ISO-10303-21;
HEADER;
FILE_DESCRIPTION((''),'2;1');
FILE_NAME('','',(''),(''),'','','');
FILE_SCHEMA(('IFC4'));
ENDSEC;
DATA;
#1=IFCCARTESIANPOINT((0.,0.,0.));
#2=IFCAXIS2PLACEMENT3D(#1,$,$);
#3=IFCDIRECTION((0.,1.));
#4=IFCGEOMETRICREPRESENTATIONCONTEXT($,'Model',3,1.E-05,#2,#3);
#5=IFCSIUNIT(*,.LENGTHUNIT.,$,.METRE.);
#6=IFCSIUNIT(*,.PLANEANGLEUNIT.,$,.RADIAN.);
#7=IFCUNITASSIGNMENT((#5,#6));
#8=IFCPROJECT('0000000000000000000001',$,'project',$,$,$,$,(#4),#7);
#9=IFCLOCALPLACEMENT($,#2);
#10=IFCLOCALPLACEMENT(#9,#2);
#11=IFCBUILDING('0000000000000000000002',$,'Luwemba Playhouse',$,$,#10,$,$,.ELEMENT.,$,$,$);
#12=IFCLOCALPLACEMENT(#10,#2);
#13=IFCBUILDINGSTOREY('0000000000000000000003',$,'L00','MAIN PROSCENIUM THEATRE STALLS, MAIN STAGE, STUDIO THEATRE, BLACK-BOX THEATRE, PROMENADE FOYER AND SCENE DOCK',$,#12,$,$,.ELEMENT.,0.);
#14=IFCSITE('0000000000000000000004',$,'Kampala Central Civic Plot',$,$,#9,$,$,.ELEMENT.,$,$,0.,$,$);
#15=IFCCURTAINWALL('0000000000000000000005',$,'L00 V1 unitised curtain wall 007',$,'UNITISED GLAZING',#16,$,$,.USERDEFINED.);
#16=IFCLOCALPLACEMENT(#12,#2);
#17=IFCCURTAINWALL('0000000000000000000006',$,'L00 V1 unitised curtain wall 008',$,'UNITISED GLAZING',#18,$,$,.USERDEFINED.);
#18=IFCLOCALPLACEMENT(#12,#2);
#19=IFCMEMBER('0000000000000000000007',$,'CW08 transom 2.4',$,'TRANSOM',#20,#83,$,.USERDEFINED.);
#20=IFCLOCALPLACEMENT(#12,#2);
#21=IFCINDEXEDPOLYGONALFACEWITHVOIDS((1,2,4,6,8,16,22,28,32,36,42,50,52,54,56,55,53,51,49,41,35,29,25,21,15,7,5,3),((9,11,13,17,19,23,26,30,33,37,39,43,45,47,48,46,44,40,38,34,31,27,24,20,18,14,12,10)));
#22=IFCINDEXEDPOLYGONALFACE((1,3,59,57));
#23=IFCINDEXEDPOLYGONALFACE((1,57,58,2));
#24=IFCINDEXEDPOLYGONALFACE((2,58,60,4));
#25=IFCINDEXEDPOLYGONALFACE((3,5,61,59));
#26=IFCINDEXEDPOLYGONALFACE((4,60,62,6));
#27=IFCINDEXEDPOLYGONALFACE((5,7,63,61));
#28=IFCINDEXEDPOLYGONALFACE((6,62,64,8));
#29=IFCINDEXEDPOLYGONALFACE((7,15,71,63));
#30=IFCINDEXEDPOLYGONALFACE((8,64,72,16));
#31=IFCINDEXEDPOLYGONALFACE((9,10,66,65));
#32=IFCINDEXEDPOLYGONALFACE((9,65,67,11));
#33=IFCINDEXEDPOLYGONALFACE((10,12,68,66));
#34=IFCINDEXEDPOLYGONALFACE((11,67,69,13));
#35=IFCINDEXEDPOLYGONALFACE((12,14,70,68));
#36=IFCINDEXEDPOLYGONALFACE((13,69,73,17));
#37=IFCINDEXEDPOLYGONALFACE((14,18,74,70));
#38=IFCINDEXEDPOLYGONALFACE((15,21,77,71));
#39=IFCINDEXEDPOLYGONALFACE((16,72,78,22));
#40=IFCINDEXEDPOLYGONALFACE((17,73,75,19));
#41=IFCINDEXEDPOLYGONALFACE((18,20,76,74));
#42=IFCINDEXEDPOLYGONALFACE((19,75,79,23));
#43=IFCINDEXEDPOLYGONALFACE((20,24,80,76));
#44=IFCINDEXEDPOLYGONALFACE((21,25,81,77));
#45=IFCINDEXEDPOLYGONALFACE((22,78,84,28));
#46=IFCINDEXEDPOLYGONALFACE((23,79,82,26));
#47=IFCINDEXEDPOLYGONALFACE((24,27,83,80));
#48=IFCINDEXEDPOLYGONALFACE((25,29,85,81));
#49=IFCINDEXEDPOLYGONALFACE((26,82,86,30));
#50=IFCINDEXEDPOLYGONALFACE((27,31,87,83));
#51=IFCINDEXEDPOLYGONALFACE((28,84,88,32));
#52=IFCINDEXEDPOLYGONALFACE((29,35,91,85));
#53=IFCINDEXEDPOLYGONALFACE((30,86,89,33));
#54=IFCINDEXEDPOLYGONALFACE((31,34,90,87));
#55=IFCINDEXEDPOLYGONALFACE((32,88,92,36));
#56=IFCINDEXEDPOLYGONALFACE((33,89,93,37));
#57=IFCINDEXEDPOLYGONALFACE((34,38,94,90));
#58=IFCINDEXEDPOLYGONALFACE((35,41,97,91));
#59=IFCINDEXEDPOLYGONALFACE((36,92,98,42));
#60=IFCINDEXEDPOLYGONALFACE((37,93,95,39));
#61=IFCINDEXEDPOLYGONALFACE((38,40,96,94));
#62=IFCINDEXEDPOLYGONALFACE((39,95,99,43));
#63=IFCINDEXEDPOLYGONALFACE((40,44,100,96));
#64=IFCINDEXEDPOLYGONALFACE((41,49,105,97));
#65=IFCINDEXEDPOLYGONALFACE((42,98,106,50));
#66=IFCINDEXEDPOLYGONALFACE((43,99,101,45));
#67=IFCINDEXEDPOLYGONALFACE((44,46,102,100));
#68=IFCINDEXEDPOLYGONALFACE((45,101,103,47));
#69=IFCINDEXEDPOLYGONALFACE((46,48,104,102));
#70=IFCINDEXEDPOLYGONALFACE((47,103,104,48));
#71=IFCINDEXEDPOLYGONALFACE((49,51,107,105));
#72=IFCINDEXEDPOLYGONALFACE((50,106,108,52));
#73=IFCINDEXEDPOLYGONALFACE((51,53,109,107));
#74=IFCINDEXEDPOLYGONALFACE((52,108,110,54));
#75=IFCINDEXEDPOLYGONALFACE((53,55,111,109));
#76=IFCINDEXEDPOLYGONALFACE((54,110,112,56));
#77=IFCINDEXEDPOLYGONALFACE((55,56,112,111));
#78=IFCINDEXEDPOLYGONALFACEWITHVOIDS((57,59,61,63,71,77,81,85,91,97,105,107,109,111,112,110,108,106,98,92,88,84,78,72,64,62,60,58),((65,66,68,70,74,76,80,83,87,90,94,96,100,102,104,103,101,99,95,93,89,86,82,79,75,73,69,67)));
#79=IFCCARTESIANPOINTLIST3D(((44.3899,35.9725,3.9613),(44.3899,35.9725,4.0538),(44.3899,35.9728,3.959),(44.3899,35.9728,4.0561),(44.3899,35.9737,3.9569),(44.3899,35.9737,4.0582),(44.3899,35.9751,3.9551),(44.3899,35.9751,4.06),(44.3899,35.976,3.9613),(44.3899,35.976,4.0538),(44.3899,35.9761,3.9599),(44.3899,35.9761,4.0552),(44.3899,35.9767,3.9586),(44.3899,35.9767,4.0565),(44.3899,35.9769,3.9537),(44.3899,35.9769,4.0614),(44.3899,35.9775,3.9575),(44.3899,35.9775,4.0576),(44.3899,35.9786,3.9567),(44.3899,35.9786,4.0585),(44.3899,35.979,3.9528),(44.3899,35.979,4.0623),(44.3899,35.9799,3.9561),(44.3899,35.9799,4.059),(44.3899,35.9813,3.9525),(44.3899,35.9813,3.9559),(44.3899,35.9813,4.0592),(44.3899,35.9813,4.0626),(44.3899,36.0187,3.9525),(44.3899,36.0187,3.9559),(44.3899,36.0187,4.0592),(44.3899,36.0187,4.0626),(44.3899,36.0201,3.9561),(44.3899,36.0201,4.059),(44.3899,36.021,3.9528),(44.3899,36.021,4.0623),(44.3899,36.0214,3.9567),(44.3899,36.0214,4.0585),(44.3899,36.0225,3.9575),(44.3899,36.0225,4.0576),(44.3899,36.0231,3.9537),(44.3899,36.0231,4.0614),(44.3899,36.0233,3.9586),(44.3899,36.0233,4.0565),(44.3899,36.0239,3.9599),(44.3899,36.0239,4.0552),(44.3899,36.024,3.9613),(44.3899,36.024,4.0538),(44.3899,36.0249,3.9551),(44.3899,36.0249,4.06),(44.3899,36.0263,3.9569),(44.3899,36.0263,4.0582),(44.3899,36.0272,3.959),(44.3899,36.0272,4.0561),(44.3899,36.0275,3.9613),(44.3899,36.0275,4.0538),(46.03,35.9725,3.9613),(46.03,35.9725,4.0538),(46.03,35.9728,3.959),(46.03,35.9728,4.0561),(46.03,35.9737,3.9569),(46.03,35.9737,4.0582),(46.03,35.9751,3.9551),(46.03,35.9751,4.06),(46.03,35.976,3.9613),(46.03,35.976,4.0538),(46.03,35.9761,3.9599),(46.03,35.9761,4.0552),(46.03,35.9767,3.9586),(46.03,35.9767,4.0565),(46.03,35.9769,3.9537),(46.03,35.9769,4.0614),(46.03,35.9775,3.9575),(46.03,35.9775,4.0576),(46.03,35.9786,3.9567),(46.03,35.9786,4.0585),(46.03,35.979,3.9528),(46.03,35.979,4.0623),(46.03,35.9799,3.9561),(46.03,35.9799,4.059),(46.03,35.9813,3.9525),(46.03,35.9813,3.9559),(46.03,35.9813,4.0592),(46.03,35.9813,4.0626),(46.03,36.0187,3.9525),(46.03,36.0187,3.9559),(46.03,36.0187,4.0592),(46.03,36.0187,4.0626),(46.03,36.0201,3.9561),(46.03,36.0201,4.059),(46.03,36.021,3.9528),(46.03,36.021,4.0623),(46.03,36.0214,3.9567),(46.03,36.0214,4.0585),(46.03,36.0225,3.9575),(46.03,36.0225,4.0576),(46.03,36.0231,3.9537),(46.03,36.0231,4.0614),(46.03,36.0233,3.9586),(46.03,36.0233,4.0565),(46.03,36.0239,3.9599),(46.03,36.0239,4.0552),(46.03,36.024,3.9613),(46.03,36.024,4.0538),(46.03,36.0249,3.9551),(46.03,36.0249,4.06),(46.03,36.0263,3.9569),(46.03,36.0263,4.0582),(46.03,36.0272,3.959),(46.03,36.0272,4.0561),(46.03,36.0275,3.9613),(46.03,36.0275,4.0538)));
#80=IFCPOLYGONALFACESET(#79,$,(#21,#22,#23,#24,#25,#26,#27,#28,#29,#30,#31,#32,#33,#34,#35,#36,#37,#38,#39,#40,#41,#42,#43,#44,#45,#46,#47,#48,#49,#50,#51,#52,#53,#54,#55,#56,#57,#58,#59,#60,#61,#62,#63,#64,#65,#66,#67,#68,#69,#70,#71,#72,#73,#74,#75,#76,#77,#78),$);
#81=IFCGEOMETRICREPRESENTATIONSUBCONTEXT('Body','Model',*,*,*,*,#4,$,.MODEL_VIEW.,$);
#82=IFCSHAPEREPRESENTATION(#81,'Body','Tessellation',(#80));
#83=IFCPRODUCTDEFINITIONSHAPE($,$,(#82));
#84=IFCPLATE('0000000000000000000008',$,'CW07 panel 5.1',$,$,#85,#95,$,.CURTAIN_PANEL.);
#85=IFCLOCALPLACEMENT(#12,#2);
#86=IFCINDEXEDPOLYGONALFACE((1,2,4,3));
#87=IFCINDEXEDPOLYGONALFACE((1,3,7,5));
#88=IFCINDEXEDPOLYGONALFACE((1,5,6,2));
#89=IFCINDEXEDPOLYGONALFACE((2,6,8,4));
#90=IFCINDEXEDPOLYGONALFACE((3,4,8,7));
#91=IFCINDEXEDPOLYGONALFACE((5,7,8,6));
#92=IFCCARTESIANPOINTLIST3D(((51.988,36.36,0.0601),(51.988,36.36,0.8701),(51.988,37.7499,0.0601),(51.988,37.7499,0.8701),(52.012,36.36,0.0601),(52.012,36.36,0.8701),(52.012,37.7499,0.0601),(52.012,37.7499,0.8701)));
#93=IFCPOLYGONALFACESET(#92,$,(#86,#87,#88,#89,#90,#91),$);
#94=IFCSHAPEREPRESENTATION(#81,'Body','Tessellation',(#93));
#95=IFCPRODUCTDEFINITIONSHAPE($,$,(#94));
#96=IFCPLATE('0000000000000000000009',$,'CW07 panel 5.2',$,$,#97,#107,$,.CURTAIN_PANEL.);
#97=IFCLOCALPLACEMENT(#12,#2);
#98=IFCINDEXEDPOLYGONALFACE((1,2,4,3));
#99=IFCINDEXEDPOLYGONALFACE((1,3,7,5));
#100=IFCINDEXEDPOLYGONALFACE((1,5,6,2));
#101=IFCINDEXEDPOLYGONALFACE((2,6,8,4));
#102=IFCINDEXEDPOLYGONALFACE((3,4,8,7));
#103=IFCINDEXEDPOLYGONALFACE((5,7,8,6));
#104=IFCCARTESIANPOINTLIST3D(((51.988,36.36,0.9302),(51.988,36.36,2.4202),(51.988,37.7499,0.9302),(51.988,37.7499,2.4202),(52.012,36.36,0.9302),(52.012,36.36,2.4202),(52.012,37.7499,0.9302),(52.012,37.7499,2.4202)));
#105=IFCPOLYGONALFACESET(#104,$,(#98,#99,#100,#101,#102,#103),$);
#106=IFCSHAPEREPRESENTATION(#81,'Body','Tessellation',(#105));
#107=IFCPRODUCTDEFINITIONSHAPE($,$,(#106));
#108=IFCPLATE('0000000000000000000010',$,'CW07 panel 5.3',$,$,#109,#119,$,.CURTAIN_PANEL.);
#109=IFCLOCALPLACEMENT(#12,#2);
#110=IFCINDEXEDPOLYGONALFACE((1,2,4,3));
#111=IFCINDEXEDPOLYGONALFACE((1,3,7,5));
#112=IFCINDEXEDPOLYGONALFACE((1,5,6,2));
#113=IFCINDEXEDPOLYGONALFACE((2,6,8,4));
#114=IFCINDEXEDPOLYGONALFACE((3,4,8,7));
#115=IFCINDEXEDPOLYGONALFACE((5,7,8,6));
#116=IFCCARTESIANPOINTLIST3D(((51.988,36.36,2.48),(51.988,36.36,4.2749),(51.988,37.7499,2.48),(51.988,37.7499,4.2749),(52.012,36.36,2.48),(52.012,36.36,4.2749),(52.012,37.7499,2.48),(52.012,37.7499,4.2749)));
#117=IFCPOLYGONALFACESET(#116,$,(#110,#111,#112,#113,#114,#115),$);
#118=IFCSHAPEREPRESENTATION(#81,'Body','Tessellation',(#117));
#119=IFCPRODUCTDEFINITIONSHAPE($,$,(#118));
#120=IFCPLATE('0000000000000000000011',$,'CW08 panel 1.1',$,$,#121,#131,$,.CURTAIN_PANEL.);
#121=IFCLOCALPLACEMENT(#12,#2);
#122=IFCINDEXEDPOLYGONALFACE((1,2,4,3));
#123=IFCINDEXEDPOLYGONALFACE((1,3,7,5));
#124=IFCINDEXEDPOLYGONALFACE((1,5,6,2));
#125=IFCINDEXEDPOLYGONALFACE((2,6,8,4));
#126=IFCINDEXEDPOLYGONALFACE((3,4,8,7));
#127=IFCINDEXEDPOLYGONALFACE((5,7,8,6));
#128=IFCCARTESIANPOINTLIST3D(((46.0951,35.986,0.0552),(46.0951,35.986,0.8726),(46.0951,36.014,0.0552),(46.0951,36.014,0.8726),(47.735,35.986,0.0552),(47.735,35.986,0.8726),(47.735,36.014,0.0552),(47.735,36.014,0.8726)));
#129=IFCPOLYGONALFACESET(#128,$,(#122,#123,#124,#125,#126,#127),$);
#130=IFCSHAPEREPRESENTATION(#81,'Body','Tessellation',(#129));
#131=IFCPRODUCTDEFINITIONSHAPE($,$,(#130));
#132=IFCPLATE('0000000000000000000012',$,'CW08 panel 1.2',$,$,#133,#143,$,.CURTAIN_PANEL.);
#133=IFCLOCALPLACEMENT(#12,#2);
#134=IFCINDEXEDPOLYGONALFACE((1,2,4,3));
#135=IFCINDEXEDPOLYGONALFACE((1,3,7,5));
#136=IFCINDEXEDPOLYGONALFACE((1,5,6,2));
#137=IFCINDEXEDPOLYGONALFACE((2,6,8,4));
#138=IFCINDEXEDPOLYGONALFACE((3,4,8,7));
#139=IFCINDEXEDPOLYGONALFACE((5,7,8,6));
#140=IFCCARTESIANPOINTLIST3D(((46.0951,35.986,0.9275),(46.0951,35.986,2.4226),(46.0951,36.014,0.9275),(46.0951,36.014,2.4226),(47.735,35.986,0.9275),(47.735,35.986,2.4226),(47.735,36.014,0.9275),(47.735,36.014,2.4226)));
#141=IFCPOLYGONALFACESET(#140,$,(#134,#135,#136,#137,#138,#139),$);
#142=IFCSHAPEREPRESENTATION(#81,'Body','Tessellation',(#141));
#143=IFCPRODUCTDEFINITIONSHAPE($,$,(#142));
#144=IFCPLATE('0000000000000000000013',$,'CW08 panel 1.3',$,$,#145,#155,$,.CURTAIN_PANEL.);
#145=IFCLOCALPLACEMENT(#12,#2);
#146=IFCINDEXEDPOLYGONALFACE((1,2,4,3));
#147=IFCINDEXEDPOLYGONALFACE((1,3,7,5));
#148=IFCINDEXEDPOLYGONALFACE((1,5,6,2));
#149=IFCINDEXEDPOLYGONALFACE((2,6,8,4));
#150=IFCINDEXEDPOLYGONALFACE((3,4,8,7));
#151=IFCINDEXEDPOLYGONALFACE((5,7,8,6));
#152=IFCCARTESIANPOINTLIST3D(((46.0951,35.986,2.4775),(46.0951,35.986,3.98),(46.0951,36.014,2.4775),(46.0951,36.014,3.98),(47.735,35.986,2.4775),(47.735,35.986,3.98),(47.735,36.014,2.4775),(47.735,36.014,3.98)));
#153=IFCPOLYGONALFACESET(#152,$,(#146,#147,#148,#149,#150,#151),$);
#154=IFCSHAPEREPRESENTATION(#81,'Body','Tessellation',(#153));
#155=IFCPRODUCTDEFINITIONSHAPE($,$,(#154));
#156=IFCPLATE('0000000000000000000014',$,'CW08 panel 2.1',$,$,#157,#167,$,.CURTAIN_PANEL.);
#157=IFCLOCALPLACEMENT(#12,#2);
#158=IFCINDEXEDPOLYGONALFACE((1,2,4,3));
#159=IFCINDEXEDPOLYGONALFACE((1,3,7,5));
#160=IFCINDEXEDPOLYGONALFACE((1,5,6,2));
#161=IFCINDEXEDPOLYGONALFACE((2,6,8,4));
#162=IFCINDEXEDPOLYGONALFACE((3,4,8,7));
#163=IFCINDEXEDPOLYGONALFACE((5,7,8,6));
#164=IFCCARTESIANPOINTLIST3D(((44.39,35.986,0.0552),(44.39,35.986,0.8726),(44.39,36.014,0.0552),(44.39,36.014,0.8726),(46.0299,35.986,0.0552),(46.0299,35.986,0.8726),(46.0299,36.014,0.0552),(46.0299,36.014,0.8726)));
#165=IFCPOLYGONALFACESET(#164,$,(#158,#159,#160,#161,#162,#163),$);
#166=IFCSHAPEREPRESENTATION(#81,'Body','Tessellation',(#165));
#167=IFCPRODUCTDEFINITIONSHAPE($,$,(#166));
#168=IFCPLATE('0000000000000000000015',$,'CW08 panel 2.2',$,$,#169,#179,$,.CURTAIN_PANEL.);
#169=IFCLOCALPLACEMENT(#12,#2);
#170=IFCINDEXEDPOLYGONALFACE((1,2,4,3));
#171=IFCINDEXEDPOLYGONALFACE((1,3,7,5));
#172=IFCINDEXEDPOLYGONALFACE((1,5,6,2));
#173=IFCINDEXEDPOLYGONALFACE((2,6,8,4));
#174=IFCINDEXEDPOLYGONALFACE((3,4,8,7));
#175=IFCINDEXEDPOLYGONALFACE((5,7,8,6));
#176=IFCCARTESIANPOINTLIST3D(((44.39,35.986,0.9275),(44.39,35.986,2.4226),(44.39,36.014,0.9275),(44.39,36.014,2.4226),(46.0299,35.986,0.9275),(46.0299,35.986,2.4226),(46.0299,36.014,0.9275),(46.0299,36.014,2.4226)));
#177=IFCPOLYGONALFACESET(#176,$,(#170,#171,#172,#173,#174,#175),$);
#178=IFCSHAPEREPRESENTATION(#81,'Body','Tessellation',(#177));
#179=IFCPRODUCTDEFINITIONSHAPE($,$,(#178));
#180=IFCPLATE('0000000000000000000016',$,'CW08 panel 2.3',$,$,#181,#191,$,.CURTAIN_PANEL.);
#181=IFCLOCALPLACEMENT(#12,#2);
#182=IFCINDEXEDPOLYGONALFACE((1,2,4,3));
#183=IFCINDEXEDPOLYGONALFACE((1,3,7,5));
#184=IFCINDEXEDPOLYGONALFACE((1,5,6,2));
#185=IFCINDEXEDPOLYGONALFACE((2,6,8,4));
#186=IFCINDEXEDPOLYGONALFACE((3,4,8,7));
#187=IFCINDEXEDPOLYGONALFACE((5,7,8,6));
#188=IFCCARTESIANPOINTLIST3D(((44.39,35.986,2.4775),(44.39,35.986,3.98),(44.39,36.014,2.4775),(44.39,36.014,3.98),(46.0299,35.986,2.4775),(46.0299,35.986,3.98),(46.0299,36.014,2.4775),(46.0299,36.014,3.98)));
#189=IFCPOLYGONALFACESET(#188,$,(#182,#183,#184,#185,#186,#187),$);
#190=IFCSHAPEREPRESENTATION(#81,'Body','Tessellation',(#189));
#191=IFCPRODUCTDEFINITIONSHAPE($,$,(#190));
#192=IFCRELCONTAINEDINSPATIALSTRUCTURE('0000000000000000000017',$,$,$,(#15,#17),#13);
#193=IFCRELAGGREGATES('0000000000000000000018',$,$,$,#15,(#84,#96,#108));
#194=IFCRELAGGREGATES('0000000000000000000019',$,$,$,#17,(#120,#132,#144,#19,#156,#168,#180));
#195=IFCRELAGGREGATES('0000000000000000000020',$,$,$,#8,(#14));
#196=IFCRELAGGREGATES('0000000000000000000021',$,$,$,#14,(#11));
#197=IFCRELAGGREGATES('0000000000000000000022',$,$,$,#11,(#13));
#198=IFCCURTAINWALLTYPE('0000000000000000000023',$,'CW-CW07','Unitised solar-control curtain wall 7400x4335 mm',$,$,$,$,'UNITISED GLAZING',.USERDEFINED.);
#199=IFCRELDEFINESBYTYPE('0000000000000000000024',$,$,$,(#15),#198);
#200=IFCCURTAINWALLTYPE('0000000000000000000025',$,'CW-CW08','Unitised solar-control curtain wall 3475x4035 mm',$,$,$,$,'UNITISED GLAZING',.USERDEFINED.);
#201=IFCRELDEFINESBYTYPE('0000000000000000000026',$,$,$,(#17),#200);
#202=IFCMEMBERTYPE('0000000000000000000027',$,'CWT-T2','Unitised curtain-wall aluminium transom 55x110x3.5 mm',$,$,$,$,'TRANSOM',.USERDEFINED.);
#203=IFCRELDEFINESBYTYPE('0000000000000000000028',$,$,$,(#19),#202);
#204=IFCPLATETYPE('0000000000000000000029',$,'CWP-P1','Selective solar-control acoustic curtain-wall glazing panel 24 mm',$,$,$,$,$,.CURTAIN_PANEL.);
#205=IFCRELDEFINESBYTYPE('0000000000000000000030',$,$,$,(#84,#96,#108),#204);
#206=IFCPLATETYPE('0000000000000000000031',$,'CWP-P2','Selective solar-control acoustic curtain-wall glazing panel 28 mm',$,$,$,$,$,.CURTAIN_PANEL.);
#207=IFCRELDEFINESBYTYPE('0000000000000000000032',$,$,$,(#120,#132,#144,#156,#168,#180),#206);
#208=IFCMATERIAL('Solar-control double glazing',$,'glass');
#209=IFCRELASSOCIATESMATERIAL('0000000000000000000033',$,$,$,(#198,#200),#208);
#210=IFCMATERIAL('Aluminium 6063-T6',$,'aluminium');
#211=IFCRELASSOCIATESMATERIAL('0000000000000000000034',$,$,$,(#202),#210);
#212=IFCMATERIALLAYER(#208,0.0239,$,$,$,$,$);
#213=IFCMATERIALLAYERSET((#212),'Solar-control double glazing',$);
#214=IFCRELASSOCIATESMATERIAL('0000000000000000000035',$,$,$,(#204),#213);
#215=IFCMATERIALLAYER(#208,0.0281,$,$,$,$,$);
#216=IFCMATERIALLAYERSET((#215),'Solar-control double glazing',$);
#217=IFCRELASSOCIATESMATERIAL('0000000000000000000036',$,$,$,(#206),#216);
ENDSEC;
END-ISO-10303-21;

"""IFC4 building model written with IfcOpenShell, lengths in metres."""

from ifc_helpers import new_model, si_unit, direction, frame, origin, origin_2d, place, context, subcontext, project, spatial, rectangle, hollow_rectangle, extrude, material, layer, layer_set, material_profile, profile_set, type_object, element, aggregate, save


model = new_model("IFC4")

# Units and contexts
model_context = context("Model", 3, precision=1e-05, world=origin(), true_north=direction((0.0, 1.0)))
body_context = subcontext(model_context, "Body", "Model", "MODEL_VIEW")
ifc_project = project(units=[si_unit("LENGTHUNIT", "METRE"), si_unit("PLANEANGLEUNIT", "RADIAN")], contexts=[model_context])

# Site, building, storey
site_placement = place(None, origin())
site = spatial("IfcSite", under=ifc_project, at=site_placement, Name="Kampala Central Civic Plot", CompositionType="ELEMENT", RefElevation=0.0)
building_placement = place(site_placement, origin())
building = spatial("IfcBuilding", under=site, at=building_placement, Name="Luwemba Playhouse", CompositionType="ELEMENT")
storey_placement = place(building_placement, origin())
storey = spatial("IfcBuildingStorey", under=building, at=storey_placement, Name="L00", Description="MAIN PROSCENIUM THEATRE STALLS, MAIN STAGE, STUDIO THEATRE, BLACK-BOX THEATRE, PROMENADE FOYER AND SCENE DOCK", CompositionType="ELEMENT", Elevation=0.0)

# Curtain wall
ifc_material_1 = material(Name="Solar-control double glazing", Category="glass")
curtain_wall_type_1 = type_object("IfcCurtainWallType", Name="CW-CW07", Description="Unitised solar-control curtain wall 7400x4335 mm", ElementType="UNITISED GLAZING", PredefinedType="USERDEFINED", material=ifc_material_1)
curtain_wall_1_placement = place(storey_placement, origin())
curtain_wall_1 = element("IfcCurtainWall", 1, at=curtain_wall_1_placement, inside=storey, type_object=curtain_wall_type_1, Name="L00 V1 unitised curtain wall 007", ObjectType="UNITISED GLAZING", PredefinedType="USERDEFINED")
ifc_material_2 = material(Name="Aluminium 6063-T6", Category="aluminium")

# Curtain wall
curtain_wall_type_2 = type_object("IfcCurtainWallType", Name="CW-CW08", Description="Unitised solar-control curtain wall 3475x4035 mm", ElementType="UNITISED GLAZING", PredefinedType="USERDEFINED", material=ifc_material_1)
curtain_wall_2_placement = place(storey_placement, origin())
curtain_wall_2 = element("IfcCurtainWall", 2, at=curtain_wall_2_placement, inside=storey, type_object=curtain_wall_type_2, Name="L00 V1 unitised curtain wall 008", ObjectType="UNITISED GLAZING", PredefinedType="USERDEFINED")

# Member
ifc_material_profile_1 = material_profile(ifc_material_2, hollow_rectangle(XDim=0.0549, YDim=0.1101, WallThickness=0.0034, InnerFilletRadius=0.0054, OuterFilletRadius=0.0088, at=origin_2d()))
ifc_profile_set_1 = profile_set([ifc_material_profile_1], Name="Aluminium 6063-T6")
member_type_1 = type_object("IfcMemberType", Name="CWT-T2", Description="Unitised curtain-wall aluminium transom 55x110x3.5 mm", ElementType="TRANSOM", PredefinedType="USERDEFINED", material=ifc_profile_set_1)
member_1_placement = place(storey_placement, frame((46.03, 36.0, 4.0076), z_axis=(-1.0, 0.0, 0.0), x_axis=(0.0, -1.0, 0.0)))
member_1 = element("IfcMember", 3, at=member_1_placement, type_object=member_type_1, Name="CW08 transom 2.4", ObjectType="TRANSOM", PredefinedType="USERDEFINED", context=body_context, shape_type="SweptSolid", body=[
    extrude(hollow_rectangle(XDim=0.0549, YDim=0.1101, WallThickness=0.0034, InnerFilletRadius=0.0054, OuterFilletRadius=0.0088, at=origin_2d()), origin(), (0.0, 0.0, 1.0), 1.6401),
])

# Plates
ifc_layer_1 = layer(ifc_material_1, 0.0239)
ifc_layer_set_1 = layer_set([ifc_layer_1], Name="Solar-control double glazing")
plate_type_1 = type_object("IfcPlateType", Name="CWP-P1", Description="Selective solar-control acoustic curtain-wall glazing panel 24 mm", PredefinedType="CURTAIN_PANEL", material=ifc_layer_set_1)
plate_1_placement = place(storey_placement, frame((52.0, 37.0549, 0.0601), z_axis=(0.0, 0.0, 1.0), x_axis=(0.0, -1.0, 0.0)))
plate_1 = element("IfcPlate", 4, at=plate_1_placement, type_object=plate_type_1, Name="CW07 panel 5.1", PredefinedType="CURTAIN_PANEL", context=body_context, shape_type="SweptSolid", body=[
    extrude(rectangle(XDim=1.3899, YDim=0.0239, at=origin_2d()), origin(), (0.0, 0.0, 1.0), 0.8101),
])
plate_2_placement = place(storey_placement, frame((52.0, 37.0549, 0.9302), z_axis=(0.0, 0.0, 1.0), x_axis=(0.0, -1.0, 0.0)))
plate_2 = element("IfcPlate", 5, at=plate_2_placement, type_object=plate_type_1, Name="CW07 panel 5.2", PredefinedType="CURTAIN_PANEL", context=body_context, shape_type="SweptSolid", body=[
    extrude(rectangle(XDim=1.3899, YDim=0.0239, at=origin_2d()), origin(), (0.0, 0.0, 1.0), 1.49),
])
plate_3_placement = place(storey_placement, frame((52.0, 37.0549, 2.48), z_axis=(0.0, 0.0, 1.0), x_axis=(0.0, -1.0, 0.0)))
plate_3 = element("IfcPlate", 6, at=plate_3_placement, type_object=plate_type_1, Name="CW07 panel 5.3", PredefinedType="CURTAIN_PANEL", context=body_context, shape_type="SweptSolid", body=[
    extrude(rectangle(XDim=1.3899, YDim=0.0239, at=origin_2d()), origin(), (0.0, 0.0, 1.0), 1.7949),
])
aggregate(curtain_wall_1, [plate_1, plate_2, plate_3])
ifc_layer_2 = layer(ifc_material_1, 0.0281)
ifc_layer_set_2 = layer_set([ifc_layer_2], Name="Solar-control double glazing")
plate_type_2 = type_object("IfcPlateType", Name="CWP-P2", Description="Selective solar-control acoustic curtain-wall glazing panel 28 mm", PredefinedType="CURTAIN_PANEL", material=ifc_layer_set_2)
plate_4_placement = place(storey_placement, frame((46.915, 36.0, 0.0552), z_axis=(0.0, 0.0, 1.0), x_axis=(-1.0, 0.0, 0.0)))
plate_4 = element("IfcPlate", 7, at=plate_4_placement, type_object=plate_type_2, Name="CW08 panel 1.1", PredefinedType="CURTAIN_PANEL", context=body_context, shape_type="SweptSolid", body=[
    extrude(rectangle(XDim=1.6399, YDim=0.0281, at=origin_2d()), origin(), (0.0, 0.0, 1.0), 0.8174),
])
plate_5_placement = place(storey_placement, frame((46.915, 36.0, 0.9275), z_axis=(0.0, 0.0, 1.0), x_axis=(-1.0, 0.0, 0.0)))
plate_5 = element("IfcPlate", 8, at=plate_5_placement, type_object=plate_type_2, Name="CW08 panel 1.2", PredefinedType="CURTAIN_PANEL", context=body_context, shape_type="SweptSolid", body=[
    extrude(rectangle(XDim=1.6399, YDim=0.0281, at=origin_2d()), origin(), (0.0, 0.0, 1.0), 1.4951),
])
plate_6_placement = place(storey_placement, frame((46.915, 36.0, 2.4775), z_axis=(0.0, 0.0, 1.0), x_axis=(-1.0, 0.0, 0.0)))
plate_6 = element("IfcPlate", 9, at=plate_6_placement, type_object=plate_type_2, Name="CW08 panel 1.3", PredefinedType="CURTAIN_PANEL", context=body_context, shape_type="SweptSolid", body=[
    extrude(rectangle(XDim=1.6399, YDim=0.0281, at=origin_2d()), origin(), (0.0, 0.0, 1.0), 1.5024),
])
plate_7_placement = place(storey_placement, frame((45.21, 36.0, 0.0552), z_axis=(0.0, 0.0, 1.0), x_axis=(-1.0, 0.0, 0.0)))
plate_7 = element("IfcPlate", 10, at=plate_7_placement, type_object=plate_type_2, Name="CW08 panel 2.1", PredefinedType="CURTAIN_PANEL", context=body_context, shape_type="SweptSolid", body=[
    extrude(rectangle(XDim=1.6399, YDim=0.0281, at=origin_2d()), origin(), (0.0, 0.0, 1.0), 0.8174),
])
plate_8_placement = place(storey_placement, frame((45.21, 36.0, 0.9275), z_axis=(0.0, 0.0, 1.0), x_axis=(-1.0, 0.0, 0.0)))
plate_8 = element("IfcPlate", 11, at=plate_8_placement, type_object=plate_type_2, Name="CW08 panel 2.2", PredefinedType="CURTAIN_PANEL", context=body_context, shape_type="SweptSolid", body=[
    extrude(rectangle(XDim=1.6399, YDim=0.0281, at=origin_2d()), origin(), (0.0, 0.0, 1.0), 1.4951),
])
plate_9_placement = place(storey_placement, frame((45.21, 36.0, 2.4775), z_axis=(0.0, 0.0, 1.0), x_axis=(-1.0, 0.0, 0.0)))
plate_9 = element("IfcPlate", 12, at=plate_9_placement, type_object=plate_type_2, Name="CW08 panel 2.3", PredefinedType="CURTAIN_PANEL", context=body_context, shape_type="SweptSolid", body=[
    extrude(rectangle(XDim=1.6399, YDim=0.0281, at=origin_2d()), origin(), (0.0, 0.0, 1.0), 1.5024),
])
aggregate(curtain_wall_2, [plate_4, plate_5, plate_6, member_1, plate_7, plate_8, plate_9])

save(model, "model.ifc")
